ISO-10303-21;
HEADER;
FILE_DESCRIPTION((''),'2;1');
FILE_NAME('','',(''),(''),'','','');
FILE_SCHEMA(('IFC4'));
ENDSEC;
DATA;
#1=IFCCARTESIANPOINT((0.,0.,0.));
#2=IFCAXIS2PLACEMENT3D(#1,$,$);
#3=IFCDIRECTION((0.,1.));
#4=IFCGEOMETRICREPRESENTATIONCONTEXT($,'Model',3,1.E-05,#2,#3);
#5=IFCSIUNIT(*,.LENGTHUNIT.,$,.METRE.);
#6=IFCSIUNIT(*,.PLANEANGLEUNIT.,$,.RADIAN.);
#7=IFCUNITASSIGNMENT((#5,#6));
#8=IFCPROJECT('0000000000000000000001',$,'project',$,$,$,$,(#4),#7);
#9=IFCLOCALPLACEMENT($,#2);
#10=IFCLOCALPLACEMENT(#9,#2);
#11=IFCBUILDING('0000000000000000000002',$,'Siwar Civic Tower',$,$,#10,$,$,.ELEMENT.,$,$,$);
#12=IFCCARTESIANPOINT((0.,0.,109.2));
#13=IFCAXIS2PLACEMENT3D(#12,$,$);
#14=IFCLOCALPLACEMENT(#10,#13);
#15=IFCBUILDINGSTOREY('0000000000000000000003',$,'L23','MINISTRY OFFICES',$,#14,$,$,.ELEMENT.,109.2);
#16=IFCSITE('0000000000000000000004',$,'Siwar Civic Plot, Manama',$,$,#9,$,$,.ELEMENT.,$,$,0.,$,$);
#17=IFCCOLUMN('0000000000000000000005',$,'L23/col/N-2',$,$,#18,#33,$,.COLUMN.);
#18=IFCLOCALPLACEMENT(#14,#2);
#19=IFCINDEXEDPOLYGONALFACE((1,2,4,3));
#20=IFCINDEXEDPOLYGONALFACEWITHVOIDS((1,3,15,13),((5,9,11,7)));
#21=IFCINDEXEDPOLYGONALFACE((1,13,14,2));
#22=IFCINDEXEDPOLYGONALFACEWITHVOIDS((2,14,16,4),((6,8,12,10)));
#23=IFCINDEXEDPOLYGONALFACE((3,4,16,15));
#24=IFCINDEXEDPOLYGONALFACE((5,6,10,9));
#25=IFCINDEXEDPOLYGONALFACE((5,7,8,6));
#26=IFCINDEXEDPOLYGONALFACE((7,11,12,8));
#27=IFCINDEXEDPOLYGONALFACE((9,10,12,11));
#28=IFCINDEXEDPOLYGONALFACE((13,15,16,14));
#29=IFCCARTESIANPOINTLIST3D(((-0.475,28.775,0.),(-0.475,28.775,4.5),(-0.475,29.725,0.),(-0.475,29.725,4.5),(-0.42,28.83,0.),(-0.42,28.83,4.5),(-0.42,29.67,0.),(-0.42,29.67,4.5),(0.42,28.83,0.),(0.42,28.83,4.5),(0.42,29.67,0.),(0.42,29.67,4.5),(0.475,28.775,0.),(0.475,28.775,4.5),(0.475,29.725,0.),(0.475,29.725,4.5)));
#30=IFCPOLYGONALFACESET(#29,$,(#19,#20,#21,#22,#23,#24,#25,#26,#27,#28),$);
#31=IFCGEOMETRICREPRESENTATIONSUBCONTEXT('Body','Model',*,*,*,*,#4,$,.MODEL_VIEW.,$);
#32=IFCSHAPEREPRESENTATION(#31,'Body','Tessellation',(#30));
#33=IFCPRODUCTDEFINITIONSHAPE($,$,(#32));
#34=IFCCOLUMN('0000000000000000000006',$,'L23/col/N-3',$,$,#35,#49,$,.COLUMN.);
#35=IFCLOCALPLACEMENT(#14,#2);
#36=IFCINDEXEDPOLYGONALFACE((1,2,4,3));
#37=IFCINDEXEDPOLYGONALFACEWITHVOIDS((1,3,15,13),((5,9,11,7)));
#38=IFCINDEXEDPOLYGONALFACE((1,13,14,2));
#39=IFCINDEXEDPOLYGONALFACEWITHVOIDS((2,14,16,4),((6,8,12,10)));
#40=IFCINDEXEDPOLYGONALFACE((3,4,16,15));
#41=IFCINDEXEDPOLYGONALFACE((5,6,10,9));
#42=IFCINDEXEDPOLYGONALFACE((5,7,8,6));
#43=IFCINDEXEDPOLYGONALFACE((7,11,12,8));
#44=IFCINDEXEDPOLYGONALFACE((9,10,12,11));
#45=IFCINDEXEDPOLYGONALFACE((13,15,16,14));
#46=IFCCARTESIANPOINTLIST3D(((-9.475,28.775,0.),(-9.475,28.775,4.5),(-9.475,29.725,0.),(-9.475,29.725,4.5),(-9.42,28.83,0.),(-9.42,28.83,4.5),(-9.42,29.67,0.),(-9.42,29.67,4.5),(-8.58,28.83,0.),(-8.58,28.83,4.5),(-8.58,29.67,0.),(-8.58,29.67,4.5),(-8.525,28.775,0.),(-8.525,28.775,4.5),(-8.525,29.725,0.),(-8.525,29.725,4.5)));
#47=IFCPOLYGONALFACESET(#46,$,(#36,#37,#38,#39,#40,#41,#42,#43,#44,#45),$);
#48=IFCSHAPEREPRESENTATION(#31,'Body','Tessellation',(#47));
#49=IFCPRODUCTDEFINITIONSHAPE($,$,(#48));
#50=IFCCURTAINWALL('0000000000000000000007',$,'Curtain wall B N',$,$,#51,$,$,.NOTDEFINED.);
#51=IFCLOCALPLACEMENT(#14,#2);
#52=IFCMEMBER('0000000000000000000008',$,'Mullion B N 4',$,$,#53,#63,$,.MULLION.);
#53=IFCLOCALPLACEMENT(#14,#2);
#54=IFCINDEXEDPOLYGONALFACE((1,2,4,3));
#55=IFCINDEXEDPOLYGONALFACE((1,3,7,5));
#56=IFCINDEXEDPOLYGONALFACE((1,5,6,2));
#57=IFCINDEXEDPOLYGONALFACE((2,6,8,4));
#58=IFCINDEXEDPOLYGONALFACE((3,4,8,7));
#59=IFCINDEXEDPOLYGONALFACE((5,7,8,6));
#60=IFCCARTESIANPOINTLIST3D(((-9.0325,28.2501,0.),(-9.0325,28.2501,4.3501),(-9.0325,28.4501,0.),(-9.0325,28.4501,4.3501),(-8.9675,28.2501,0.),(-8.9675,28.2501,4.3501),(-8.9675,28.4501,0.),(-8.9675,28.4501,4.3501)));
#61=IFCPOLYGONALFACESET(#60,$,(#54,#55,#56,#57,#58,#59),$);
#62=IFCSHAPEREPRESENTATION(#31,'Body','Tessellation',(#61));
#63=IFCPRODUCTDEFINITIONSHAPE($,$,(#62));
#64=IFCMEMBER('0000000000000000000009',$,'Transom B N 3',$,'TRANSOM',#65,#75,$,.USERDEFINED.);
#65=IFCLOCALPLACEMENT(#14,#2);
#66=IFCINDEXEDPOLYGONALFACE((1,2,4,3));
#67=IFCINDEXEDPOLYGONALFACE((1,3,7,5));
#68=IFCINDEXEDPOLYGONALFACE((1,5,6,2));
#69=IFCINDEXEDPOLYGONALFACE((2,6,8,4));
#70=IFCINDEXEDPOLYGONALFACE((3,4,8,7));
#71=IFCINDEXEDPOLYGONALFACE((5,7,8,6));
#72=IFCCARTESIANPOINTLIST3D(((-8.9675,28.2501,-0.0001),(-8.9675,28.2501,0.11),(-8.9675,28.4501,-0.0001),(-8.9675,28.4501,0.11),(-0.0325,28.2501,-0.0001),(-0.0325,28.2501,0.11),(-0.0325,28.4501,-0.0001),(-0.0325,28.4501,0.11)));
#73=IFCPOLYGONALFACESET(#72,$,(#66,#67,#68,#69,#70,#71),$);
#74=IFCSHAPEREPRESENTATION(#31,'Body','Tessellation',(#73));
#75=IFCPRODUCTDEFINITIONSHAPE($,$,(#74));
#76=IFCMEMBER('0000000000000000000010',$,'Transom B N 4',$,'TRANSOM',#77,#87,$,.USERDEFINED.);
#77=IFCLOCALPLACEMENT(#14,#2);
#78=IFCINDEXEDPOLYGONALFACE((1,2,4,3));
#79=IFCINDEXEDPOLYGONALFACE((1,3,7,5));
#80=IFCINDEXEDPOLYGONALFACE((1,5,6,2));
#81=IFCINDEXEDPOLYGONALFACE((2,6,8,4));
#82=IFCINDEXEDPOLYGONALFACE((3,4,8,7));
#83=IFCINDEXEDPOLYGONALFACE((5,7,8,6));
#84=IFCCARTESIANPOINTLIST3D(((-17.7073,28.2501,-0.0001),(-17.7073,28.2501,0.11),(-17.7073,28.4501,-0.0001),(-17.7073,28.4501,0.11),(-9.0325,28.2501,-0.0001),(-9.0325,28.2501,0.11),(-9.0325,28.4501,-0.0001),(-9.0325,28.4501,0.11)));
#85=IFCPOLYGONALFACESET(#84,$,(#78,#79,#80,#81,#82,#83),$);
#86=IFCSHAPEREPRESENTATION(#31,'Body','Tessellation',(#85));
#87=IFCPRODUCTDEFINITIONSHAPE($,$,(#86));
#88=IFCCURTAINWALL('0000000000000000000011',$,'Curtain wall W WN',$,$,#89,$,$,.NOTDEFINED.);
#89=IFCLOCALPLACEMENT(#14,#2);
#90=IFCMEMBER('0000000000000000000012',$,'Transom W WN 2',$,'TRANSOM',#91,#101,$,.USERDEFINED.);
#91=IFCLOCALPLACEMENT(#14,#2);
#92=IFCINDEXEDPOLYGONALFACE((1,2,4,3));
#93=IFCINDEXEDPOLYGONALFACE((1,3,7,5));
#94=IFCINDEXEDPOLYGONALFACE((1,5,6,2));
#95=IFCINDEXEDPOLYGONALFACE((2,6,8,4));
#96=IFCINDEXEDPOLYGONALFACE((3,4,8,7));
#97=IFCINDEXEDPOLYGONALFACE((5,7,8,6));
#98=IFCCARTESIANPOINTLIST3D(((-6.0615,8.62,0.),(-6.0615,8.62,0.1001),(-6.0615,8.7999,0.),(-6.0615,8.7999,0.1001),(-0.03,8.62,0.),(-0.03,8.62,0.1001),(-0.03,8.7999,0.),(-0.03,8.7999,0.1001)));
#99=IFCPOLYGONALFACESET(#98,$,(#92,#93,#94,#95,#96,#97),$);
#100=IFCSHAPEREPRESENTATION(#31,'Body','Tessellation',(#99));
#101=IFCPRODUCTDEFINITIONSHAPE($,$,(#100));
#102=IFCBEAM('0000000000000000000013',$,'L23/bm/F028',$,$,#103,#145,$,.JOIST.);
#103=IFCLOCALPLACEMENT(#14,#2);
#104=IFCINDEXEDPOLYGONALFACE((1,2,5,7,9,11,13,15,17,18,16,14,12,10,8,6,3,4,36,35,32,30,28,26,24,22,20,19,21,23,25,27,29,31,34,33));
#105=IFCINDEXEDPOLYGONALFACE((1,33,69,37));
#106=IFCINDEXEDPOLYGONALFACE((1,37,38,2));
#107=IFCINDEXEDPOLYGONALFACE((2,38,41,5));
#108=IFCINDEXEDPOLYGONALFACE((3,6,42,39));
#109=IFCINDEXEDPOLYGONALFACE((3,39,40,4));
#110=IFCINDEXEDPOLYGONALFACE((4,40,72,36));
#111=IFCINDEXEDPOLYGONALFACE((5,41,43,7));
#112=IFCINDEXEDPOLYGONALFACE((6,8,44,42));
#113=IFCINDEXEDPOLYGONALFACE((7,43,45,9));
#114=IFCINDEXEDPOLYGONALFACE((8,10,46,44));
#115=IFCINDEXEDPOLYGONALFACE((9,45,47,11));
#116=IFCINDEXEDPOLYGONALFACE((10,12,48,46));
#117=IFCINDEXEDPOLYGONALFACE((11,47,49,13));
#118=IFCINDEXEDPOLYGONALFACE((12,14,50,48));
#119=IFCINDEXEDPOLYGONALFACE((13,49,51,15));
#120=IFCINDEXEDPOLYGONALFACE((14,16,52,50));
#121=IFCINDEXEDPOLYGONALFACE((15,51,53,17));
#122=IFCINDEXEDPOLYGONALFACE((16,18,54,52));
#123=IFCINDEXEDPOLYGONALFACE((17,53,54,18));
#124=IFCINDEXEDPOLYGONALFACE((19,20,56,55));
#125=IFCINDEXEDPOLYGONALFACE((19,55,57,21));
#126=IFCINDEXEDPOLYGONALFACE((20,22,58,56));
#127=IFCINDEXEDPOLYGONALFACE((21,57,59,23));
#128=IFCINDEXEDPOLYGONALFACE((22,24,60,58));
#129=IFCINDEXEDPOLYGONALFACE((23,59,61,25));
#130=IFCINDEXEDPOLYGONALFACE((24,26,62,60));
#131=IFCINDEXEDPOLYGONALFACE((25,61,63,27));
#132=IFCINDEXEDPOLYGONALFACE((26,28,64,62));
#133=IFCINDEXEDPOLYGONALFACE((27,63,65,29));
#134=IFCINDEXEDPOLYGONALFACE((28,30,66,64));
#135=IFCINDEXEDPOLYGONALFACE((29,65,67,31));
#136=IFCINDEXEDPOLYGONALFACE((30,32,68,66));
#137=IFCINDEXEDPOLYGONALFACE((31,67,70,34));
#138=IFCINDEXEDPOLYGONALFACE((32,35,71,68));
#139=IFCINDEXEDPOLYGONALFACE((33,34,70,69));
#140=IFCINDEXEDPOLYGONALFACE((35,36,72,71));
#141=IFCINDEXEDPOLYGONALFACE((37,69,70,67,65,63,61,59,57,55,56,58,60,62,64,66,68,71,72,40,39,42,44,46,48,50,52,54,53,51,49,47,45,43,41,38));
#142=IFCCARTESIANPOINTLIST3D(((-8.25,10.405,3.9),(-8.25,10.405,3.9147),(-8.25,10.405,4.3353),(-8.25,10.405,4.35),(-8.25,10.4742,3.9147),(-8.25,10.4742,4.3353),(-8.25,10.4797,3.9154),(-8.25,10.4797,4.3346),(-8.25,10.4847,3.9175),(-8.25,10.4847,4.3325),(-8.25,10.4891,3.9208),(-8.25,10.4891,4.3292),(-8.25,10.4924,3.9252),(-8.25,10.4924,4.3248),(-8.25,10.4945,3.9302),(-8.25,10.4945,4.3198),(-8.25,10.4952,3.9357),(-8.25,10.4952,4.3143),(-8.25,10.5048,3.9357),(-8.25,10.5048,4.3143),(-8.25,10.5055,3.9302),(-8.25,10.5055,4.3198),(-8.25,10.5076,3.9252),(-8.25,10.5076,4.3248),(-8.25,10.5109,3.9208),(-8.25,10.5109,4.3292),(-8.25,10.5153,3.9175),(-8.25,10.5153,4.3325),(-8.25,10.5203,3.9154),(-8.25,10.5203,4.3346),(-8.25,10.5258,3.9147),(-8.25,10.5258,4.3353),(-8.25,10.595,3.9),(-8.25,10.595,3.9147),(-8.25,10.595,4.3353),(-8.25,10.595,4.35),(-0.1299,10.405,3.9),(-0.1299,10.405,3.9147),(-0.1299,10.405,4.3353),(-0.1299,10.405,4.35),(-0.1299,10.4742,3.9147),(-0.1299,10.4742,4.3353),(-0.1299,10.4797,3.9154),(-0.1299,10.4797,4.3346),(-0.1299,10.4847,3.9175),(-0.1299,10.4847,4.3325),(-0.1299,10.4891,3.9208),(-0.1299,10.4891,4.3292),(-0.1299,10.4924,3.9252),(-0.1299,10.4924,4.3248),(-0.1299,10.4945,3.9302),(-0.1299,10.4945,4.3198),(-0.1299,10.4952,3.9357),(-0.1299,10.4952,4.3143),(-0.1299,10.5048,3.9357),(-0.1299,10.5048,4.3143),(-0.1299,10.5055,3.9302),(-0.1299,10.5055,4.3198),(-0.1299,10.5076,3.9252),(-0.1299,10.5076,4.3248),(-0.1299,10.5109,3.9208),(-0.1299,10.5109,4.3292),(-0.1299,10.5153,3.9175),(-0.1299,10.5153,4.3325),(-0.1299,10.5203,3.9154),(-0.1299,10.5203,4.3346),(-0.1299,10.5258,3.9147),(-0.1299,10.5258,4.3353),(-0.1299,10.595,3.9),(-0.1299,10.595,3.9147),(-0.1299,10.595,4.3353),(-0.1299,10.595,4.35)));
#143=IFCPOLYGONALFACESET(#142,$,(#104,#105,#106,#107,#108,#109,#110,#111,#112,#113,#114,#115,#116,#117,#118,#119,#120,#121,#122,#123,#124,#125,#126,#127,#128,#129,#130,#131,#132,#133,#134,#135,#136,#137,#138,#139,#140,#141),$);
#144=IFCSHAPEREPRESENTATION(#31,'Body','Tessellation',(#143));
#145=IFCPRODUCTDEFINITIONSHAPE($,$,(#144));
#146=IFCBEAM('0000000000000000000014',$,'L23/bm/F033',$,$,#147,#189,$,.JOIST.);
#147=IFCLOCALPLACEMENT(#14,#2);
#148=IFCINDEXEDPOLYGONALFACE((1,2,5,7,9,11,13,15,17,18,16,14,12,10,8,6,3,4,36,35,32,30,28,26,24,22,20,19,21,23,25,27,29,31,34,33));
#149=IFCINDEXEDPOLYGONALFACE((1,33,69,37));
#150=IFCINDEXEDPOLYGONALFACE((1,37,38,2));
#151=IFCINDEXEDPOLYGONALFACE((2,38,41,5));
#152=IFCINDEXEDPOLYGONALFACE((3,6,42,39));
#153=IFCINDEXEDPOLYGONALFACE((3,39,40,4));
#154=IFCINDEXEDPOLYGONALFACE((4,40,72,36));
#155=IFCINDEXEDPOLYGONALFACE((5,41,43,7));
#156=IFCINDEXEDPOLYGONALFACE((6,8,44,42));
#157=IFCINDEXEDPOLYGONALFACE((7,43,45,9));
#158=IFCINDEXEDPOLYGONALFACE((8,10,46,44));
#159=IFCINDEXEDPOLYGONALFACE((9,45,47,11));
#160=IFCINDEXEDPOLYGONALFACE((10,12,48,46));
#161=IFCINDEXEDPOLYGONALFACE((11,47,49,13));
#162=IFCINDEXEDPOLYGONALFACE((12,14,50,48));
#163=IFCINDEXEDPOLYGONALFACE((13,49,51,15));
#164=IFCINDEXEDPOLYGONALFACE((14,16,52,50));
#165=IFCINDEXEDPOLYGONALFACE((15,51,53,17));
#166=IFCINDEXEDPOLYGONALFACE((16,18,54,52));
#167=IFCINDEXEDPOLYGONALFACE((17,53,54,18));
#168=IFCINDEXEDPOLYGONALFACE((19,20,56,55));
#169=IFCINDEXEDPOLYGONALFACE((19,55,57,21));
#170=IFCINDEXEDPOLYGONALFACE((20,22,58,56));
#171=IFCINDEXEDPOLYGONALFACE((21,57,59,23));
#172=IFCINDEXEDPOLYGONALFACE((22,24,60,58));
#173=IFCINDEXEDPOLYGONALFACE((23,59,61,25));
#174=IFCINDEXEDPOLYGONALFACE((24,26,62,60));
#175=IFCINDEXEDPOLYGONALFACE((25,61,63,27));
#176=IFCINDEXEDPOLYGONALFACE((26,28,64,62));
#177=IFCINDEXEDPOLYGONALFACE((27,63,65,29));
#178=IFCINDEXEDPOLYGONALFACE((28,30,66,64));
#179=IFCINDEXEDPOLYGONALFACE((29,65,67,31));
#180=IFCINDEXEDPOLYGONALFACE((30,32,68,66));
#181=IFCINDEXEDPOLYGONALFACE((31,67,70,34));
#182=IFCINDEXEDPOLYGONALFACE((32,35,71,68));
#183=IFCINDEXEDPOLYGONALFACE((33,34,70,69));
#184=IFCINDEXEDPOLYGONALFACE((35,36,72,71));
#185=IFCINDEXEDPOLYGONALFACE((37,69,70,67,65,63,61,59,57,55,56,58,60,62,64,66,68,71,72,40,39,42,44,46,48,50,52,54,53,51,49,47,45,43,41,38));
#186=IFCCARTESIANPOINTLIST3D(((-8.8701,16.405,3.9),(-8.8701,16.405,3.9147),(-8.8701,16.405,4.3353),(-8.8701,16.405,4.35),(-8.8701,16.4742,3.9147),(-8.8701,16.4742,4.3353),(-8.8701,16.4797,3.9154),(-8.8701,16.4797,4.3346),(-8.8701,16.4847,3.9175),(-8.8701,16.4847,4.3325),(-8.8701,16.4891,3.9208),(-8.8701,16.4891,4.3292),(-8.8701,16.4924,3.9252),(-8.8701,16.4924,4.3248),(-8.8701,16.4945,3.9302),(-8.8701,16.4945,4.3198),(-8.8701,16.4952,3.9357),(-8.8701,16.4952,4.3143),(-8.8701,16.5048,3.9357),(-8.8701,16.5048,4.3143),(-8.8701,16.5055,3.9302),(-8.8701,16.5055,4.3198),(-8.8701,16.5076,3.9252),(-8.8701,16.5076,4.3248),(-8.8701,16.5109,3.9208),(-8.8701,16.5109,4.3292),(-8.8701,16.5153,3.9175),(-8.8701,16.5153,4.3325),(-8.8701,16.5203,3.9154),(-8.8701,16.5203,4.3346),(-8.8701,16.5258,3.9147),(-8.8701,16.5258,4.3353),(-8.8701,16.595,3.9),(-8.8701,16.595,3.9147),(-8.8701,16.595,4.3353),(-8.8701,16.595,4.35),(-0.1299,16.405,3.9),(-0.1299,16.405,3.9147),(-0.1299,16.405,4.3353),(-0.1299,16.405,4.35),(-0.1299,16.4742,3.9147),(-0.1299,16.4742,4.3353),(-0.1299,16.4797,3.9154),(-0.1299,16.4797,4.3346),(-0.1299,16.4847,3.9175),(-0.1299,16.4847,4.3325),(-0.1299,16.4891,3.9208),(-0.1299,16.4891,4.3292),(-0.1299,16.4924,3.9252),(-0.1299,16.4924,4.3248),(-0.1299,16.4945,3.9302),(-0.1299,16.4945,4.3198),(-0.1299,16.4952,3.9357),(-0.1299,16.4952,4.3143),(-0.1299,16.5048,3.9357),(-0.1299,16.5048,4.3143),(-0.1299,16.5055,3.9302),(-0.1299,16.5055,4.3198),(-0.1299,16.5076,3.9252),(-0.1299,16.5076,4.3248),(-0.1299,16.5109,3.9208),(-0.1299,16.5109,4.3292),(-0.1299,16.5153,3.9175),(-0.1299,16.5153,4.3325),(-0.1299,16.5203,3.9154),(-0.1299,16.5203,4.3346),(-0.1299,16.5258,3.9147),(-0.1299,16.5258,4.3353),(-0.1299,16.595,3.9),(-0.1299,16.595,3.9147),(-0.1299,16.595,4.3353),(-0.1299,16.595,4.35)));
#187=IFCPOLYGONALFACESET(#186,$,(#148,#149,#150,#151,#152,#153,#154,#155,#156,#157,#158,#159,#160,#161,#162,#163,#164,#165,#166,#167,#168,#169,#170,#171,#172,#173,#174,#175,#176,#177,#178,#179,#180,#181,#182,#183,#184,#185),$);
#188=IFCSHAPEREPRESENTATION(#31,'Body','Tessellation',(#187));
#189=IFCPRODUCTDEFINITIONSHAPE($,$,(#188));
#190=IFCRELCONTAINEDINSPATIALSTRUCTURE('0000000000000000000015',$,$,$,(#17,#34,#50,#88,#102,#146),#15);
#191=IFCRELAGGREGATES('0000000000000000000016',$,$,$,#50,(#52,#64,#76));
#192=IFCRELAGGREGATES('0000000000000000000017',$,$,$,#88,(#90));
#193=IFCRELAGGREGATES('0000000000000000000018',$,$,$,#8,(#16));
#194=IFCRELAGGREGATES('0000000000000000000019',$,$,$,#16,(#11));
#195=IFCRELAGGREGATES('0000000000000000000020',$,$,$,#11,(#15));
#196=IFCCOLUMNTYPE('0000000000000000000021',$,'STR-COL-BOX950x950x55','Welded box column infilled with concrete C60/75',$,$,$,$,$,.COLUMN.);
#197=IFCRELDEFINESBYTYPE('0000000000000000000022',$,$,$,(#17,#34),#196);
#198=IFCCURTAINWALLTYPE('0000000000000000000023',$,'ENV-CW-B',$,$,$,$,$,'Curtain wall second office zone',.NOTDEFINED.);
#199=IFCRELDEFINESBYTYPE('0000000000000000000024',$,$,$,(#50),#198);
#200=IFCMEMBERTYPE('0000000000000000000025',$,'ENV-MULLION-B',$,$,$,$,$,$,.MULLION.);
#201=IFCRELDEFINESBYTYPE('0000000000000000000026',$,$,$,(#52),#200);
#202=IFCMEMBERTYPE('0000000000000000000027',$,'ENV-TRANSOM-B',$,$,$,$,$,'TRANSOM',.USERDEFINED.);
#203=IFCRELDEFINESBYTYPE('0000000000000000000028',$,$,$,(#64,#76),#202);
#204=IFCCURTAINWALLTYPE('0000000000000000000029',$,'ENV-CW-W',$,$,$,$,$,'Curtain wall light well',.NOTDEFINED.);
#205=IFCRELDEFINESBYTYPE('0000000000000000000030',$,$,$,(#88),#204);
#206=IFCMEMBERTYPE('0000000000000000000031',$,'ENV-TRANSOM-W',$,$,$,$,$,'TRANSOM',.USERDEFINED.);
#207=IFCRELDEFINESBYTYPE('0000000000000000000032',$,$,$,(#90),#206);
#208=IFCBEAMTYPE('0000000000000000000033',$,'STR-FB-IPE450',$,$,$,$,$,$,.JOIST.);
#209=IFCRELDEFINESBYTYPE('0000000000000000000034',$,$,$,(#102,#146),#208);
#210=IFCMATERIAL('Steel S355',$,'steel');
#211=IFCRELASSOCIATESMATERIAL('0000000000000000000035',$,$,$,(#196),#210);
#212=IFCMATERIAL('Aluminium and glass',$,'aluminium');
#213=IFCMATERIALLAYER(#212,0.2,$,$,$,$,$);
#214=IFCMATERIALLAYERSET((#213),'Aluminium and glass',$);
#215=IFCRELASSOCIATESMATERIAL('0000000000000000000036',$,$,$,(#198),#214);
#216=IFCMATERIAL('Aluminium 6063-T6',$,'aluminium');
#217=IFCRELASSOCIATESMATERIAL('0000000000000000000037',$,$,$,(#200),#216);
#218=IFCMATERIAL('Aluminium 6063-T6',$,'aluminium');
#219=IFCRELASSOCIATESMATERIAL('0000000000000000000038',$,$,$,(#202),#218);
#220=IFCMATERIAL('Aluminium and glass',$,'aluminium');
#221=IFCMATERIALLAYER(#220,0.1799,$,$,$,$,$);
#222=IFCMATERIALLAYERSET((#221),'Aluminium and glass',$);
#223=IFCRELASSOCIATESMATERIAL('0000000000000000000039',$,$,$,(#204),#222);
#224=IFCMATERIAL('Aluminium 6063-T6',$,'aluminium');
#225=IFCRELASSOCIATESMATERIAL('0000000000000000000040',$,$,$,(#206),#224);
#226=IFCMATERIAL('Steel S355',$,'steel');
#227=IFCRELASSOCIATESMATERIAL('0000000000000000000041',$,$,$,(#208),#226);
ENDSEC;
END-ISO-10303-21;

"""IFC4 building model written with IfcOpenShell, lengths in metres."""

from ifc_helpers import new_model, si_unit, direction, frame, origin, origin_2d, place, context, subcontext, project, spatial, rectangle, hollow_rectangle, i_section, extrude, material, layer, layer_set, material_profile, profile_set, type_object, element, aggregate, save


model = new_model("IFC4")

# Units and contexts
model_context = context("Model", 3, precision=1e-05, world=origin(), true_north=direction((0.0, 1.0)))
body_context = subcontext(model_context, "Body", "Model", "MODEL_VIEW")
ifc_project = project(units=[si_unit("LENGTHUNIT", "METRE"), si_unit("PLANEANGLEUNIT", "RADIAN")], contexts=[model_context])

# Site, building, storey
site_placement = place(None, origin())
site = spatial("IfcSite", under=ifc_project, at=site_placement, Name="Siwar Civic Plot, Manama", CompositionType="ELEMENT", RefElevation=0.0)
building_placement = place(site_placement, origin())
building = spatial("IfcBuilding", under=site, at=building_placement, Name="Siwar Civic Tower", CompositionType="ELEMENT")
storey_placement = place(building_placement, frame((0.0, 0.0, 109.2)))
storey = spatial("IfcBuildingStorey", under=building, at=storey_placement, Name="L23", Description="MINISTRY OFFICES", CompositionType="ELEMENT", Elevation=109.2)

# Columns
ifc_material_1 = material(Name="Steel S355", Category="steel")
ifc_material_profile_1 = material_profile(ifc_material_1, hollow_rectangle(XDim=0.95, YDim=0.95, WallThickness=0.0549, at=origin_2d()), Name="BOX950x950x55")
ifc_profile_set_1 = profile_set([ifc_material_profile_1], Name="Steel S355")
column_type = type_object("IfcColumnType", Name="STR-COL-BOX950x950x55", Description="Welded box column infilled with concrete C60/75", PredefinedType="COLUMN", material=ifc_profile_set_1)
for number, where, z_axis, x_axis, name in (
    (1, (0.0, 29.25, 0.0), (0.0, 0.0, 1.0), (1.0, 0.0, 0.0), "L23/col/N-2"),
    (2, (-9.0, 29.25, 0.0), (0.0, 0.0, 1.0), (1.0, 0.0, 0.0), "L23/col/N-3"),
):
    element("IfcColumn", number, at=place(storey_placement, frame(where, z_axis=z_axis, x_axis=x_axis)), inside=storey, type_object=column_type, Name=name, PredefinedType="COLUMN", context=body_context, shape_type="SweptSolid", body=[
        extrude(hollow_rectangle(XDim=0.95, YDim=0.95, WallThickness=0.0549, at=origin_2d()), origin(), (0.0, 0.0, 1.0), 4.5),
    ])

# Curtain wall, members
ifc_material_2 = material(Name="Aluminium and glass", Category="aluminium")
ifc_layer_1 = layer(ifc_material_2, 0.2)
ifc_layer_set_1 = layer_set([ifc_layer_1], Name="Aluminium and glass")
curtain_wall_type_1 = type_object("IfcCurtainWallType", Name="ENV-CW-B", ElementType="Curtain wall second office zone", PredefinedType="NOTDEFINED", material=ifc_layer_set_1)
curtain_wall_1_placement = place(storey_placement, origin())
curtain_wall_1 = element("IfcCurtainWall", 3, at=curtain_wall_1_placement, inside=storey, type_object=curtain_wall_type_1, Name="Curtain wall B N", PredefinedType="NOTDEFINED")
ifc_material_3 = material(Name="Aluminium 6063-T6", Category="aluminium")
ifc_material_profile_2 = material_profile(ifc_material_3, rectangle(XDim=0.2, YDim=0.0649, at=origin_2d()), Name="AL 200x65")
ifc_profile_set_2 = profile_set([ifc_material_profile_2], Name="Aluminium 6063-T6")
member_type_1 = type_object("IfcMemberType", Name="ENV-MULLION-B", PredefinedType="MULLION", material=ifc_profile_set_2)
member_1_placement = place(storey_placement, frame((-9.0, 28.3501, 0.0), z_axis=(0.0, 0.0, 1.0), x_axis=(0.0, -1.0, 0.0)))
member_1 = element("IfcMember", 4, at=member_1_placement, type_object=member_type_1, Name="Mullion B N 4", PredefinedType="MULLION", context=body_context, shape_type="SweptSolid", body=[
    extrude(rectangle(XDim=0.2, YDim=0.0649, at=origin_2d()), origin(), (0.0, 0.0, 1.0), 4.3501),
])
ifc_material_4 = material(Name="Aluminium 6063-T6", Category="aluminium")
ifc_material_profile_3 = material_profile(ifc_material_4, rectangle(XDim=0.2, YDim=0.1101, at=origin_2d()), Name="AL 200x110")
ifc_profile_set_3 = profile_set([ifc_material_profile_3], Name="Aluminium 6063-T6")
member_type_2 = type_object("IfcMemberType", Name="ENV-TRANSOM-B", ElementType="TRANSOM", PredefinedType="USERDEFINED", material=ifc_profile_set_3)
member_2_placement = place(storey_placement, frame((-0.0325, 28.3501, 0.0549), z_axis=(-1.0, 0.0, 0.0), x_axis=(0.0, -1.0, 0.0)))
member_2 = element("IfcMember", 5, at=member_2_placement, type_object=member_type_2, Name="Transom B N 3", ObjectType="TRANSOM", PredefinedType="USERDEFINED", context=body_context, shape_type="SweptSolid", body=[
    extrude(rectangle(XDim=0.2, YDim=0.1101, at=origin_2d()), origin(), (0.0, 0.0, 1.0), 8.9351),
])
member_3_placement = place(storey_placement, frame((-9.0325, 28.3501, 0.0549), z_axis=(-1.0, 0.0, 0.0), x_axis=(0.0, -1.0, 0.0)))
member_3 = element("IfcMember", 6, at=member_3_placement, type_object=member_type_2, Name="Transom B N 4", ObjectType="TRANSOM", PredefinedType="USERDEFINED", context=body_context, shape_type="SweptSolid", body=[
    extrude(rectangle(XDim=0.2, YDim=0.1101, at=origin_2d()), origin(), (0.0, 0.0, 1.0), 8.6748),
])

# Curtain wall, member
ifc_material_5 = material(Name="Aluminium and glass", Category="aluminium")
ifc_layer_2 = layer(ifc_material_5, 0.1799)
ifc_layer_set_2 = layer_set([ifc_layer_2], Name="Aluminium and glass")
curtain_wall_type_2 = type_object("IfcCurtainWallType", Name="ENV-CW-W", ElementType="Curtain wall light well", PredefinedType="NOTDEFINED", material=ifc_layer_set_2)
curtain_wall_2_placement = place(storey_placement, origin())
curtain_wall_2 = element("IfcCurtainWall", 7, at=curtain_wall_2_placement, inside=storey, type_object=curtain_wall_type_2, Name="Curtain wall W WN", PredefinedType="NOTDEFINED")
ifc_material_6 = material(Name="Aluminium 6063-T6", Category="aluminium")
ifc_material_profile_4 = material_profile(ifc_material_6, rectangle(XDim=0.1799, YDim=0.1001, at=origin_2d()), Name="AL 180x100")
ifc_profile_set_4 = profile_set([ifc_material_profile_4], Name="Aluminium 6063-T6")
member_type_3 = type_object("IfcMemberType", Name="ENV-TRANSOM-W", ElementType="TRANSOM", PredefinedType="USERDEFINED", material=ifc_profile_set_4)
member_4_placement = place(storey_placement, frame((-0.03, 8.71, 0.05), z_axis=(-1.0, 0.0, 0.0), x_axis=(0.0, -1.0, 0.0)))
member_4 = element("IfcMember", 8, at=member_4_placement, type_object=member_type_3, Name="Transom W WN 2", ObjectType="TRANSOM", PredefinedType="USERDEFINED", context=body_context, shape_type="SweptSolid", body=[
    extrude(rectangle(XDim=0.1799, YDim=0.1001, at=origin_2d()), origin(), (0.0, 0.0, 1.0), 6.0315),
])

# Beams
ifc_material_7 = material(Name="Steel S355", Category="steel")
ifc_material_profile_5 = material_profile(ifc_material_7, i_section(OverallWidth=0.1899, OverallDepth=0.45, WebThickness=0.0095, FlangeThickness=0.0146, FilletRadius=0.021, at=origin_2d()), Name="IPE450")
ifc_profile_set_5 = profile_set([ifc_material_profile_5], Name="Steel S355")
beam_type_1 = type_object("IfcBeamType", Name="STR-FB-IPE450", PredefinedType="JOIST", material=ifc_profile_set_5)
beam_1_placement = place(storey_placement, frame((-8.25, 10.5, 4.125), z_axis=(1.0, 0.0, 0.0), x_axis=(0.0, 1.0, 0.0)))
element("IfcBeam", 9, at=beam_1_placement, inside=storey, type_object=beam_type_1, Name="L23/bm/F028", PredefinedType="JOIST", context=body_context, shape_type="SweptSolid", body=[
    extrude(i_section(OverallWidth=0.1899, OverallDepth=0.45, WebThickness=0.0095, FlangeThickness=0.0146, FilletRadius=0.021, at=origin_2d()), origin(), (0.0, 0.0, 1.0), 8.1201),
])
for number, where, z_axis, x_axis, name in (
    (10, (-8.8701, 16.5, 4.125), (1.0, 0.0, 0.0), (0.0, 1.0, 0.0), "L23/bm/F033"),
):
    element("IfcBeam", number, at=place(storey_placement, frame(where, z_axis=z_axis, x_axis=x_axis)), inside=storey, type_object=beam_type_1, Name=name, PredefinedType="JOIST", context=body_context, shape_type="SweptSolid", body=[
        extrude(i_section(OverallWidth=0.1899, OverallDepth=0.45, WebThickness=0.0095, FlangeThickness=0.0146, FilletRadius=0.021, at=origin_2d()), origin(), (0.0, 0.0, 1.0), 8.7402),
    ])

aggregate(curtain_wall_1, [member_1, member_2, member_3])
aggregate(curtain_wall_2, [member_4])

save(model, "model.ifc")
